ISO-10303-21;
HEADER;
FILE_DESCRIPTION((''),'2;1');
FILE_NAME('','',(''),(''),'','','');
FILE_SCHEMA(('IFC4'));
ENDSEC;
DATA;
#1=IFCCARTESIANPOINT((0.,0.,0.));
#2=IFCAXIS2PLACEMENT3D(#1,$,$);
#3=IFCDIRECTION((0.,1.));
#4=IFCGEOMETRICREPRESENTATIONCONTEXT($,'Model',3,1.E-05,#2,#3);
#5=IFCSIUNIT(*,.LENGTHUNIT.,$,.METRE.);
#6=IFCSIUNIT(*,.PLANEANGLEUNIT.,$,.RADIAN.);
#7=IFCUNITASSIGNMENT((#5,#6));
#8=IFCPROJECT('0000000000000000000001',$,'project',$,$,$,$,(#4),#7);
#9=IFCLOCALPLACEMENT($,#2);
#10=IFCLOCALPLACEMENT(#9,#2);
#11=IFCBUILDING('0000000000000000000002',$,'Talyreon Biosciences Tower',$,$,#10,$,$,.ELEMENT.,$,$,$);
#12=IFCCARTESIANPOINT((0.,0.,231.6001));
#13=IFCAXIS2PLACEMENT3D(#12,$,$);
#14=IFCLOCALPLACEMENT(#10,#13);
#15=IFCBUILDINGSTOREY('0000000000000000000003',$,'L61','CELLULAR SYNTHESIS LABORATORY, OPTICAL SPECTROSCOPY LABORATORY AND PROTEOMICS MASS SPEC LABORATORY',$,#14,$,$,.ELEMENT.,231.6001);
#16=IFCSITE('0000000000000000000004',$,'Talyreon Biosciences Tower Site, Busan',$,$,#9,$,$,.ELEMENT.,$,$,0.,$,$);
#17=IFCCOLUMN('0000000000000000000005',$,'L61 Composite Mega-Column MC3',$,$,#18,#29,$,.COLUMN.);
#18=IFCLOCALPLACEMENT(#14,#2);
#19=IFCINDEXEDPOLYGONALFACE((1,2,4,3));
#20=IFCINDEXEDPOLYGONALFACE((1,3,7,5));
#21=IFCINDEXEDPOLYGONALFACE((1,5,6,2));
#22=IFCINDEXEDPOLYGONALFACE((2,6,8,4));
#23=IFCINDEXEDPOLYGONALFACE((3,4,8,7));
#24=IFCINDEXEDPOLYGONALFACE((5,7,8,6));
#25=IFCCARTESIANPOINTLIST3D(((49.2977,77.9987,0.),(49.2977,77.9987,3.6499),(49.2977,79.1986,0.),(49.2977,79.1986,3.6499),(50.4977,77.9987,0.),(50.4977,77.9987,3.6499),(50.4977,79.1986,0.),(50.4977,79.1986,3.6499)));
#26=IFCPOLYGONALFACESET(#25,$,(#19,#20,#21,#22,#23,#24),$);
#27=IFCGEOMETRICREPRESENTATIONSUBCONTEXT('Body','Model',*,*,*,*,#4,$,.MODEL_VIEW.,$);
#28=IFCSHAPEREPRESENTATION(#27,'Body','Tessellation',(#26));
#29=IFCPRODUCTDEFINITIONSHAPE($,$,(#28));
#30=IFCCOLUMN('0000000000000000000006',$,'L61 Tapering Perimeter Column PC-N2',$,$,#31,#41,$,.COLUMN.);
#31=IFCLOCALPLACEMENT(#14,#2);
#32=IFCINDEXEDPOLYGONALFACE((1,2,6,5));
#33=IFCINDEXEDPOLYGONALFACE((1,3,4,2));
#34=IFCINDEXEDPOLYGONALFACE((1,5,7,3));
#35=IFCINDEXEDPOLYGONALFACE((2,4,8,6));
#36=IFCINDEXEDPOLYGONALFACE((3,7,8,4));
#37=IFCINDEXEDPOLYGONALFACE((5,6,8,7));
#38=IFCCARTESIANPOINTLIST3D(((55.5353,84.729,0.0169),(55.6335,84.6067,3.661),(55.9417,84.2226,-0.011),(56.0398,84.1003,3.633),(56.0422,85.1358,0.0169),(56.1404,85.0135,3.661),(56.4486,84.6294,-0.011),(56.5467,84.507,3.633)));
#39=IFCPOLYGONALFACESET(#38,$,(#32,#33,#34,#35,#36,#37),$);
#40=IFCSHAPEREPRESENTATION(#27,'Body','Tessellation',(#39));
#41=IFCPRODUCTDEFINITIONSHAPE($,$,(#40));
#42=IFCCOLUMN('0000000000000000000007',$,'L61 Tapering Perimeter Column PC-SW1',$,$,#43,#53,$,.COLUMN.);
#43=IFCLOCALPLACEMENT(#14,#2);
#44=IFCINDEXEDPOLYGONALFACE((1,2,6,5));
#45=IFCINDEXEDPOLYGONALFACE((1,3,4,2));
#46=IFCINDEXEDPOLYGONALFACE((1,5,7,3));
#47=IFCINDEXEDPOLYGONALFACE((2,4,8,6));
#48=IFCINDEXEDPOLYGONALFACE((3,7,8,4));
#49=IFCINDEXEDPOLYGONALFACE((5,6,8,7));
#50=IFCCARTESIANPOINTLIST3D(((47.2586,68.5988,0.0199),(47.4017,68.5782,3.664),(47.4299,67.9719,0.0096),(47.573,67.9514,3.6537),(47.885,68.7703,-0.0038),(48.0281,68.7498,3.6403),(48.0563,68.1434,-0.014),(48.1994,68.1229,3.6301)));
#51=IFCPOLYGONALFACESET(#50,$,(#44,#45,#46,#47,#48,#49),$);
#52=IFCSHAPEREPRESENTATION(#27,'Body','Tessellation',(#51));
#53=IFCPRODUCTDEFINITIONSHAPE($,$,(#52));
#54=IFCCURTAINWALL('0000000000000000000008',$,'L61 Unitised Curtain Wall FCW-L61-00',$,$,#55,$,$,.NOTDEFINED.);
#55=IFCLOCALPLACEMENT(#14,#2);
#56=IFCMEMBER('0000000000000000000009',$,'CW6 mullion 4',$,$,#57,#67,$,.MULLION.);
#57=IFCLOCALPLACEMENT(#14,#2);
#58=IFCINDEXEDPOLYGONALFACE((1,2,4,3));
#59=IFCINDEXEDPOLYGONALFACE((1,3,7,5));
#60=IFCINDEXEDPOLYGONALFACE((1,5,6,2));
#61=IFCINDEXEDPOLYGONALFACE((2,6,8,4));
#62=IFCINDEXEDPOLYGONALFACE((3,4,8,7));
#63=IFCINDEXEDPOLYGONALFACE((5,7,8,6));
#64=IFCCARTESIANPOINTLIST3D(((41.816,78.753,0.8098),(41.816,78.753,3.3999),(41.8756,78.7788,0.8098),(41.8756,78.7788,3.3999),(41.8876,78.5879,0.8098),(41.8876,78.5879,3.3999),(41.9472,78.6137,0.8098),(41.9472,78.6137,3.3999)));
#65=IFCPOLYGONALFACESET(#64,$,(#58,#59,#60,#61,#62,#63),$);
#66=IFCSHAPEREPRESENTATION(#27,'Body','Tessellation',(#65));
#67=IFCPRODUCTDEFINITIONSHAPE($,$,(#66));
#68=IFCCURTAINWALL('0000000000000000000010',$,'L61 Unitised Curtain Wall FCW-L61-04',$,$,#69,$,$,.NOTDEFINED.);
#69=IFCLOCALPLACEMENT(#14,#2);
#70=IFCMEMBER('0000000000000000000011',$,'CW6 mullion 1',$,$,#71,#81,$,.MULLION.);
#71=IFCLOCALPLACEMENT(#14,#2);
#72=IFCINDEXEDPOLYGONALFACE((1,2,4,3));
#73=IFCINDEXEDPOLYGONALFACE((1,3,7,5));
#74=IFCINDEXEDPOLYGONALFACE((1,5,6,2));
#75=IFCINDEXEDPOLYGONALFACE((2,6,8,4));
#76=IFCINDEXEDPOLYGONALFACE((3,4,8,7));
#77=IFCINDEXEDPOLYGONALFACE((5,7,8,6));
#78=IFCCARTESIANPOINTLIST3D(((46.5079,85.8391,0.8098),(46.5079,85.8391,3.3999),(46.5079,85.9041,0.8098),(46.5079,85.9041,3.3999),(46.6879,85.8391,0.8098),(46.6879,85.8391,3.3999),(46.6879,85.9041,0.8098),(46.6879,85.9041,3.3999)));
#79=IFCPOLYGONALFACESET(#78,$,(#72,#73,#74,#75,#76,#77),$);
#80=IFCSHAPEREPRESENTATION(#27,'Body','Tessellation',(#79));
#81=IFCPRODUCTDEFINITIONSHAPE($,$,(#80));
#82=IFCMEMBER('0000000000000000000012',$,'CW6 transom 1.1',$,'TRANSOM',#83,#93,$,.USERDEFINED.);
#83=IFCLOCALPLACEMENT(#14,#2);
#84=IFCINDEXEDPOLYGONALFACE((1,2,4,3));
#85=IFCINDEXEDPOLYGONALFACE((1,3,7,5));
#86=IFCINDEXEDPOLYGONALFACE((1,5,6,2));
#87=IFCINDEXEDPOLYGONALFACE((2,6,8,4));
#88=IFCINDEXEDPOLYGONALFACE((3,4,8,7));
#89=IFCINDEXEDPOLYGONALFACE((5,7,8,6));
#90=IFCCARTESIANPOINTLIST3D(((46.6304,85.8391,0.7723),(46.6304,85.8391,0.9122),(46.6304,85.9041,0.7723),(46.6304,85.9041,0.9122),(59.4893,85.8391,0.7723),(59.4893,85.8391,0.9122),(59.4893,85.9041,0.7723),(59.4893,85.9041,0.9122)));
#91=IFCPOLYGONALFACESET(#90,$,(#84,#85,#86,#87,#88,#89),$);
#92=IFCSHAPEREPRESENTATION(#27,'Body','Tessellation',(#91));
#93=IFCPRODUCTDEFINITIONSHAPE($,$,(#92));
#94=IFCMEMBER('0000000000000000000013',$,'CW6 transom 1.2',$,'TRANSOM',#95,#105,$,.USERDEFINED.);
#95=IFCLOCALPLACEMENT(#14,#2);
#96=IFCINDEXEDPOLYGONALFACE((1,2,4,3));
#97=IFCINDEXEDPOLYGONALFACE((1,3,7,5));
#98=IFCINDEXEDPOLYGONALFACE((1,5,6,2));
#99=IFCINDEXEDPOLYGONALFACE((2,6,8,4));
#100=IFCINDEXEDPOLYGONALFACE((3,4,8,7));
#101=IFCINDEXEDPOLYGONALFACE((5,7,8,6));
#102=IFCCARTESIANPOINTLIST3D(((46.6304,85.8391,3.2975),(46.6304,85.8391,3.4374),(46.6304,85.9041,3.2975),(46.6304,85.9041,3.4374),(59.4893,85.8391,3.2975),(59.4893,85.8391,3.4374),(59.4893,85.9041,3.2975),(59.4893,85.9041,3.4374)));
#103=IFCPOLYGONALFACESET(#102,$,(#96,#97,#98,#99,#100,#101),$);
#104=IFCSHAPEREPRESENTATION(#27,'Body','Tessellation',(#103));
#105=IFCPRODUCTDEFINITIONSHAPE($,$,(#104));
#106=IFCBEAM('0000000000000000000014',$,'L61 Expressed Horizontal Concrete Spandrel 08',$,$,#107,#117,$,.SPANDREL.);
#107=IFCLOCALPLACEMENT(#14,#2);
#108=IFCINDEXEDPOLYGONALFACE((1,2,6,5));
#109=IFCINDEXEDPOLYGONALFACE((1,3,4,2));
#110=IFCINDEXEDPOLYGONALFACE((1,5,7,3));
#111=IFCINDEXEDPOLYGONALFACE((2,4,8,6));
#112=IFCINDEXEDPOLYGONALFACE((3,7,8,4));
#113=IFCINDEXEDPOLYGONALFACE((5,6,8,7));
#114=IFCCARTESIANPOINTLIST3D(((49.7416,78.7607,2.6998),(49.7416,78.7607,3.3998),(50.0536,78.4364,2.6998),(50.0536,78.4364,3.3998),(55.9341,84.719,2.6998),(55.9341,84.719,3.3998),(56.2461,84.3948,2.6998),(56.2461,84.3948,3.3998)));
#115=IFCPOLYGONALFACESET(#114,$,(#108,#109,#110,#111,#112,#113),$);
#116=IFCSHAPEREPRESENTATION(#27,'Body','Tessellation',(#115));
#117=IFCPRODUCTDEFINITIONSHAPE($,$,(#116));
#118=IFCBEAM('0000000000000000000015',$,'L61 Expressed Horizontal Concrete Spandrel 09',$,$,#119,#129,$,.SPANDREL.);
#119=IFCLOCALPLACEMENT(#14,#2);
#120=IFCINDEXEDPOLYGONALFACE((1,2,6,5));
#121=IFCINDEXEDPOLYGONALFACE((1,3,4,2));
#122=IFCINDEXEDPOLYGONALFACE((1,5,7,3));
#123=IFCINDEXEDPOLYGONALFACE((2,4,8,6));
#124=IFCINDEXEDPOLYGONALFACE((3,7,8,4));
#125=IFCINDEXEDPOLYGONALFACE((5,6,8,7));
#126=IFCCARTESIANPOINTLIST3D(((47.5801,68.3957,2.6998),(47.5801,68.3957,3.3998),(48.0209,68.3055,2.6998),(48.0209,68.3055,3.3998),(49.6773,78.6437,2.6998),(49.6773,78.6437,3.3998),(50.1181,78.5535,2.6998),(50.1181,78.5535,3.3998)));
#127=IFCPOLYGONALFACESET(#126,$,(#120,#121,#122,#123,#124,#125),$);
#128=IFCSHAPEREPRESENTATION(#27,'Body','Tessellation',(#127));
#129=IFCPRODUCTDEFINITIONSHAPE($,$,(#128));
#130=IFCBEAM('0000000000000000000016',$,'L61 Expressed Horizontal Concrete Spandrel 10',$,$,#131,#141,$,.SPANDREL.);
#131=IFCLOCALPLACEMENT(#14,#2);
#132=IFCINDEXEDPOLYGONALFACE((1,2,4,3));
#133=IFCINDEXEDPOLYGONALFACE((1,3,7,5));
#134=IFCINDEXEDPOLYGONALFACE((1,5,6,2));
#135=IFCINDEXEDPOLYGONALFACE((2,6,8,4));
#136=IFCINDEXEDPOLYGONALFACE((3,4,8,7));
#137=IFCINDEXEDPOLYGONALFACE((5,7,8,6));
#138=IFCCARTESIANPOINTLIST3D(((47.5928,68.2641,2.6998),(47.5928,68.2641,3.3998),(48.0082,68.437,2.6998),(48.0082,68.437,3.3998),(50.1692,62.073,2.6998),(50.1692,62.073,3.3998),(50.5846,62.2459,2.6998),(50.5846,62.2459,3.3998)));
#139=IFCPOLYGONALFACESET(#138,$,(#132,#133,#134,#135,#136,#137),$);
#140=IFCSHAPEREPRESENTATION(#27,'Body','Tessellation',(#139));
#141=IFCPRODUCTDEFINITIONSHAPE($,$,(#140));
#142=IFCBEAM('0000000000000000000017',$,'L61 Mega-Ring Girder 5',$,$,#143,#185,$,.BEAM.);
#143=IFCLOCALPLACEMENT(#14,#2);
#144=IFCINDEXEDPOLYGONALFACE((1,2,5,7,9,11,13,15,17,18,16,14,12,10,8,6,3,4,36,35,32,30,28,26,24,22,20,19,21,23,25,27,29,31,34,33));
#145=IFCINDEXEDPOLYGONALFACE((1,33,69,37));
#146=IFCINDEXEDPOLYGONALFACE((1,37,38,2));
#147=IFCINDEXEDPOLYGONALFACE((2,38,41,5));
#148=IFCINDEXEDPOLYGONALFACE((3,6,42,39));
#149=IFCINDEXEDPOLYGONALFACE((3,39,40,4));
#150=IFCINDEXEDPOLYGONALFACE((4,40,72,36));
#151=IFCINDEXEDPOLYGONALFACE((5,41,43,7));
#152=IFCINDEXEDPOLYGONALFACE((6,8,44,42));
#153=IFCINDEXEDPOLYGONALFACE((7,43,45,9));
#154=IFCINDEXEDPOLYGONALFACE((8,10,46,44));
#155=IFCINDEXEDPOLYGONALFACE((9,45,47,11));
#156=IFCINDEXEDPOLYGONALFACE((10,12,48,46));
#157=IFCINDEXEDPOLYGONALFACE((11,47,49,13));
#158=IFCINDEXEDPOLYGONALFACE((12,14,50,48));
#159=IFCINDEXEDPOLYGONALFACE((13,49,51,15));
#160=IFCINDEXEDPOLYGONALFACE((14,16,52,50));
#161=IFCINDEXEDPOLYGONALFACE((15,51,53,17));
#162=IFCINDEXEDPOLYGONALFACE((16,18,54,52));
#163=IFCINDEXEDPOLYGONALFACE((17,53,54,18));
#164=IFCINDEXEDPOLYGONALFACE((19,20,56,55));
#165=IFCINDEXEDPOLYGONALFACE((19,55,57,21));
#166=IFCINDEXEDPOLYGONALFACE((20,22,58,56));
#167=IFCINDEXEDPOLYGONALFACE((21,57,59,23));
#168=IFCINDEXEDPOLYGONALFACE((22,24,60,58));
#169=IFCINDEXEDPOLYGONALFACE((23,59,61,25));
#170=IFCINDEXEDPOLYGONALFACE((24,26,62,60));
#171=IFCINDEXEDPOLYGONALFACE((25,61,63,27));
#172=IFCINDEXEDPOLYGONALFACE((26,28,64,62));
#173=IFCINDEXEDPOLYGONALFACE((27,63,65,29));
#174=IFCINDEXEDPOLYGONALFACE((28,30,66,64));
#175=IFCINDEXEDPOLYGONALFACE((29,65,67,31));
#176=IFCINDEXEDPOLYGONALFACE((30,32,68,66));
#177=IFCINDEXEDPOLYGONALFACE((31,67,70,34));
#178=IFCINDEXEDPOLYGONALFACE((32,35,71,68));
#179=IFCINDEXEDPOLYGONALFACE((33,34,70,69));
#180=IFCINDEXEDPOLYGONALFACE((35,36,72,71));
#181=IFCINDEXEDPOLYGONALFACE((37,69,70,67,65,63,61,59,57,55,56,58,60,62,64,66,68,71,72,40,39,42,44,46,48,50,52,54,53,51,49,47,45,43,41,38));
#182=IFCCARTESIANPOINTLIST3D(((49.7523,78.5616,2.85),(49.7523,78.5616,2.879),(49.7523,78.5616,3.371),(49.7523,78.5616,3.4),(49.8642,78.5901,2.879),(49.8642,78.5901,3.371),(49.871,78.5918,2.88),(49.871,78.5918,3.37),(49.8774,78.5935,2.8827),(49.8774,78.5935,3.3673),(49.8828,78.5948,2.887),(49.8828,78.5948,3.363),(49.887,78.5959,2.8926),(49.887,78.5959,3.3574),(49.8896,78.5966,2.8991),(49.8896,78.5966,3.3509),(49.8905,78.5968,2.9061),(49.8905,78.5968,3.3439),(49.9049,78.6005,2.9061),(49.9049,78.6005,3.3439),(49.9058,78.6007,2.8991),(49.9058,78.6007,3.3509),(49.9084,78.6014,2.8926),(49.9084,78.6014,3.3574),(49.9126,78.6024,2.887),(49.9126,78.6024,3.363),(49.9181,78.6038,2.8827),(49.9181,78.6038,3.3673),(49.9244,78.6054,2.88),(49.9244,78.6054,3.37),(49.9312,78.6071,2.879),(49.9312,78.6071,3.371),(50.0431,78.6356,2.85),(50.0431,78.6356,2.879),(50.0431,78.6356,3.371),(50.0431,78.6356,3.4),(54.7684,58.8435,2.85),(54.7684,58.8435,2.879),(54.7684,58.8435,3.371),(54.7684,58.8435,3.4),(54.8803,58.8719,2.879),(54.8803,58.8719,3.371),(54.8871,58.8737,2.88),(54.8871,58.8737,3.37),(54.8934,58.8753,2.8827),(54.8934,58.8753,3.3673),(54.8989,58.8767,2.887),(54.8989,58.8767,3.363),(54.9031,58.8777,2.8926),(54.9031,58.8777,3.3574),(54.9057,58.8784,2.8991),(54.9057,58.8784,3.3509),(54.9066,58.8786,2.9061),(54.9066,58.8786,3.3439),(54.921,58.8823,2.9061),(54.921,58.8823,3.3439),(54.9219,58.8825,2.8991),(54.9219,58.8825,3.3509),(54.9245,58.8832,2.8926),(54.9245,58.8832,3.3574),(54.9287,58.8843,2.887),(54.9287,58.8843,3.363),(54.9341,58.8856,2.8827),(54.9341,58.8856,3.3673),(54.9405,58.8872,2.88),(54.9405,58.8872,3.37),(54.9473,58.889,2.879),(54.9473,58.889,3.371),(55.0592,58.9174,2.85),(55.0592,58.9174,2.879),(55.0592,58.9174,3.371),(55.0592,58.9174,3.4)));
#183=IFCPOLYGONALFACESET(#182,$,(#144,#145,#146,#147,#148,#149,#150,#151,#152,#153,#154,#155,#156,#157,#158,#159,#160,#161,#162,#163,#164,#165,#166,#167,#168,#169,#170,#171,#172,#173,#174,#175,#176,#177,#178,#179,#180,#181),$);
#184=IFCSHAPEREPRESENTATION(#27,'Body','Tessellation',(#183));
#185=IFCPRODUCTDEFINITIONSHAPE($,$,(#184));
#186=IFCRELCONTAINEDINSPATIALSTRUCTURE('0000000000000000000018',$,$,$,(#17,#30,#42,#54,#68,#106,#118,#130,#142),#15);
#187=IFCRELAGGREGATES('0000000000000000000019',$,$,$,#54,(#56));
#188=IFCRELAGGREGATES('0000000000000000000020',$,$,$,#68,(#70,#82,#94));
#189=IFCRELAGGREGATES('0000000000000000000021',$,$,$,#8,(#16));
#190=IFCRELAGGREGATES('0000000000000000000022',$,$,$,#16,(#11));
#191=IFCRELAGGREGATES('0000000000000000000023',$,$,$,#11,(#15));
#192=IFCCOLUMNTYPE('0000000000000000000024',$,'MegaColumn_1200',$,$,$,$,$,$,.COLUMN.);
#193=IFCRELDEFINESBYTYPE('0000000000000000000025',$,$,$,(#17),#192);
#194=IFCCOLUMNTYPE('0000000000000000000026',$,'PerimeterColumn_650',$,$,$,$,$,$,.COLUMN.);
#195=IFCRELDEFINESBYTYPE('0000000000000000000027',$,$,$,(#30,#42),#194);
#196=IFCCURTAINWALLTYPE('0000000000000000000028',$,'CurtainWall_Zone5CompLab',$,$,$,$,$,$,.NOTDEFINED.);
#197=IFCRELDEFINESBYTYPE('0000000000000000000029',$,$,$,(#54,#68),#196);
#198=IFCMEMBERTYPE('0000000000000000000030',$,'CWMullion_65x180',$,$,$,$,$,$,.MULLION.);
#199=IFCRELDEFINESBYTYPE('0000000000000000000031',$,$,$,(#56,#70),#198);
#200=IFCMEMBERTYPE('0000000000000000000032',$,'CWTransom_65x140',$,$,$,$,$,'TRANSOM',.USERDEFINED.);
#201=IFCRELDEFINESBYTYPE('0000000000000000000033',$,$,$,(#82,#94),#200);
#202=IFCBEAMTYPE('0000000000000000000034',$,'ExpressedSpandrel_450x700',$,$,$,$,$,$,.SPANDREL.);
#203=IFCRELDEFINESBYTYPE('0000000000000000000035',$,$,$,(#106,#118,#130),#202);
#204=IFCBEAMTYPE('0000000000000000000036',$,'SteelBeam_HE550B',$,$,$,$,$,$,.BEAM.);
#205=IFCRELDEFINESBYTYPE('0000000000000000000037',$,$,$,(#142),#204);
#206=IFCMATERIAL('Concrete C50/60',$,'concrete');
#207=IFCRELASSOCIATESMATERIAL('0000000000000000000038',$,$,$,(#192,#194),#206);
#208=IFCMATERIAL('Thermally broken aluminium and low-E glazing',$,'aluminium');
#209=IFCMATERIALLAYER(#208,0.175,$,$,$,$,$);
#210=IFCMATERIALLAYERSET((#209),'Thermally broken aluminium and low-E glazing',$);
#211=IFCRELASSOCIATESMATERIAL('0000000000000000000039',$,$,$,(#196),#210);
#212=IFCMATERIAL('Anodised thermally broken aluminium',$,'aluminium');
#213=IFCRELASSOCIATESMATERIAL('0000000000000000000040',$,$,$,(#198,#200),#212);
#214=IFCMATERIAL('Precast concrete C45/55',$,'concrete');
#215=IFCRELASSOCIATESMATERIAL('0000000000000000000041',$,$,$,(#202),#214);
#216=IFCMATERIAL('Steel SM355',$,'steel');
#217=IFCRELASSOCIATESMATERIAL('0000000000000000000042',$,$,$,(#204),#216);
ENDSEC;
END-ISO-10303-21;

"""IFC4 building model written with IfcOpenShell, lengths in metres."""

from ifc_helpers import new_model, si_unit, direction, frame, origin, origin_2d, place, context, subcontext, project, spatial, rectangle, i_section, extrude, material, layer, layer_set, material_profile, profile_set, type_object, element, aggregate, save


model = new_model("IFC4")

# Units and contexts
model_context = context("Model", 3, precision=1e-05, world=origin(), true_north=direction((0.0, 1.0)))
body_context = subcontext(model_context, "Body", "Model", "MODEL_VIEW")
ifc_project = project(units=[si_unit("LENGTHUNIT", "METRE"), si_unit("PLANEANGLEUNIT", "RADIAN")], contexts=[model_context])

# Site, building, storey
site_placement = place(None, origin())
site = spatial("IfcSite", under=ifc_project, at=site_placement, Name="Talyreon Biosciences Tower Site, Busan", CompositionType="ELEMENT", RefElevation=0.0)
building_placement = place(site_placement, origin())
building = spatial("IfcBuilding", under=site, at=building_placement, Name="Talyreon Biosciences Tower", CompositionType="ELEMENT")
storey_placement = place(building_placement, frame((0.0, 0.0, 231.6001)))
storey = spatial("IfcBuildingStorey", under=building, at=storey_placement, Name="L61", Description="CELLULAR SYNTHESIS LABORATORY, OPTICAL SPECTROSCOPY LABORATORY AND PROTEOMICS MASS SPEC LABORATORY", CompositionType="ELEMENT", Elevation=231.6001)

# Columns
ifc_material_1 = material(Name="Concrete C50/60", Category="concrete")
ifc_material_profile_1 = material_profile(ifc_material_1, rectangle(XDim=1.2, YDim=1.2, at=origin_2d()), Name="RC 1200x1200")
ifc_profile_set_1 = profile_set([ifc_material_profile_1], Name="Concrete C50/60")
column_type_1 = type_object("IfcColumnType", Name="MegaColumn_1200", PredefinedType="COLUMN", material=ifc_profile_set_1)
column_1_placement = place(storey_placement, frame((49.8977, 78.5986, 0.0), z_axis=(0.0, 0.0, 1.0), x_axis=(1.0, 0.0, 0.0)))
element("IfcColumn", 1, at=column_1_placement, inside=storey, type_object=column_type_1, Name="L61 Composite Mega-Column MC3", PredefinedType="COLUMN", context=body_context, shape_type="SweptSolid", body=[
    extrude(rectangle(XDim=1.2, YDim=1.2, at=origin_2d()), origin(), (0.0, 0.0, 1.0), 3.6499),
])
ifc_material_profile_2 = material_profile(ifc_material_1, rectangle(XDim=0.6499, YDim=0.6499, at=origin_2d()), Name="RC 650x650")
ifc_profile_set_2 = profile_set([ifc_material_profile_2], Name="Concrete C50/60")
column_type_2 = type_object("IfcColumnType", Name="PerimeterColumn_650", PredefinedType="COLUMN", material=ifc_profile_set_2)
column_2_placement = place(storey_placement, frame((55.9919, 84.6792, 0.0029), z_axis=(0.026908, -0.033535, 0.999075), x_axis=(-0.779957, -0.625834, 0.0)))
element("IfcColumn", 2, at=column_2_placement, inside=storey, type_object=column_type_2, Name="L61 Tapering Perimeter Column PC-N2", PredefinedType="COLUMN", context=body_context, shape_type="SweptSolid", body=[
    extrude(rectangle(XDim=0.6499, YDim=0.6499, at=origin_2d()), origin(), (0.0, 0.0, 1.0), 3.6475),
])
column_3_placement = place(storey_placement, frame((47.6575, 68.3711, 0.0029), z_axis=(0.03923, -0.005623, 0.999214), x_axis=(0.963855, 0.263934, -0.036356)))
element("IfcColumn", 3, at=column_3_placement, inside=storey, type_object=column_type_2, Name="L61 Tapering Perimeter Column PC-SW1", PredefinedType="COLUMN", context=body_context, shape_type="SweptSolid", body=[
    extrude(rectangle(XDim=0.6499, YDim=0.6499, at=origin_2d()), origin(), (0.0, 0.0, 1.0), 3.647),
])

# Curtain wall, member
ifc_material_2 = material(Name="Thermally broken aluminium and low-E glazing", Category="aluminium")
ifc_layer_1 = layer(ifc_material_2, 0.175)
ifc_layer_set_1 = layer_set([ifc_layer_1], Name="Thermally broken aluminium and low-E glazing")
curtain_wall_type = type_object("IfcCurtainWallType", Name="CurtainWall_Zone5CompLab", PredefinedType="NOTDEFINED", material=ifc_layer_set_1)
curtain_wall_1_placement = place(storey_placement, origin())
curtain_wall_1 = element("IfcCurtainWall", 4, at=curtain_wall_1_placement, inside=storey, type_object=curtain_wall_type, Name="L61 Unitised Curtain Wall FCW-L61-00", PredefinedType="NOTDEFINED")
ifc_material_3 = material(Name="Anodised thermally broken aluminium", Category="aluminium")
ifc_material_profile_3 = material_profile(ifc_material_3, rectangle(XDim=0.0649, YDim=0.1799, at=origin_2d()), Name="ALUM MULLION 65x180")
ifc_profile_set_3 = profile_set([ifc_material_profile_3], Name="Anodised thermally broken aluminium")
member_type_1 = type_object("IfcMemberType", Name="CWMullion_65x180", PredefinedType="MULLION", material=ifc_profile_set_3)
member_1_placement = place(storey_placement, frame((41.8816, 78.6833, 0.8098), z_axis=(0.0, 0.0, 1.0), x_axis=(-0.917337, -0.398112, 0.0)))
member_1 = element("IfcMember", 5, at=member_1_placement, type_object=member_type_1, Name="CW6 mullion 4", PredefinedType="MULLION", context=body_context, shape_type="SweptSolid", body=[
    extrude(rectangle(XDim=0.0649, YDim=0.1799, at=origin_2d()), origin(), (0.0, 0.0, 1.0), 2.5901),
])

# Curtain wall, members
curtain_wall_2_placement = place(storey_placement, origin())
curtain_wall_2 = element("IfcCurtainWall", 6, at=curtain_wall_2_placement, inside=storey, type_object=curtain_wall_type, Name="L61 Unitised Curtain Wall FCW-L61-04", PredefinedType="NOTDEFINED")
member_2_placement = place(storey_placement, frame((46.5979, 85.8716, 0.8098), z_axis=(0.0, 0.0, 1.0), x_axis=(0.0, 1.0, 0.0)))
member_2 = element("IfcMember", 7, at=member_2_placement, type_object=member_type_1, Name="CW6 mullion 1", PredefinedType="MULLION", context=body_context, shape_type="SweptSolid", body=[
    extrude(rectangle(XDim=0.0649, YDim=0.1799, at=origin_2d()), origin(), (0.0, 0.0, 1.0), 2.5901),
])
ifc_material_profile_4 = material_profile(ifc_material_3, rectangle(XDim=0.0649, YDim=0.1399, at=origin_2d()), Name="ALUM TRANSOM 65x140")
ifc_profile_set_4 = profile_set([ifc_material_profile_4], Name="Anodised thermally broken aluminium")
member_type_2 = type_object("IfcMemberType", Name="CWTransom_65x140", ElementType="TRANSOM", PredefinedType="USERDEFINED", material=ifc_profile_set_4)
member_3_placement = place(storey_placement, frame((46.6304, 85.8716, 0.8423), z_axis=(1.0, 0.0, 0.0), x_axis=(0.0, 1.0, 0.0)))
member_3 = element("IfcMember", 8, at=member_3_placement, type_object=member_type_2, Name="CW6 transom 1.1", ObjectType="TRANSOM", PredefinedType="USERDEFINED", context=body_context, shape_type="SweptSolid", body=[
    extrude(rectangle(XDim=0.0649, YDim=0.1399, at=origin_2d()), origin(), (0.0, 0.0, 1.0), 12.8589),
])
member_4_placement = place(storey_placement, frame((46.6304, 85.8716, 3.3674), z_axis=(1.0, 0.0, 0.0), x_axis=(0.0, 1.0, 0.0)))
member_4 = element("IfcMember", 9, at=member_4_placement, type_object=member_type_2, Name="CW6 transom 1.2", ObjectType="TRANSOM", PredefinedType="USERDEFINED", context=body_context, shape_type="SweptSolid", body=[
    extrude(rectangle(XDim=0.0649, YDim=0.1399, at=origin_2d()), origin(), (0.0, 0.0, 1.0), 12.8589),
])

# Beams
ifc_material_4 = material(Name="Precast concrete C45/55", Category="concrete")
ifc_material_profile_5 = material_profile(ifc_material_4, rectangle(XDim=0.45, YDim=0.7, at=origin_2d()), Name="RCB 450x700")
ifc_profile_set_5 = profile_set([ifc_material_profile_5], Name="Precast concrete C45/55")
beam_type_1 = type_object("IfcBeamType", Name="ExpressedSpandrel_450x700", PredefinedType="SPANDREL", material=ifc_profile_set_5)
beam_1_placement = place(storey_placement, frame((56.0901, 84.5569, 3.0498), z_axis=(-0.720598, -0.693353, 0.0), x_axis=(0.693353, -0.720598, 0.0)))
element("IfcBeam", 10, at=beam_1_placement, inside=storey, type_object=beam_type_1, Name="L61 Expressed Horizontal Concrete Spandrel 08", PredefinedType="SPANDREL", context=body_context, shape_type="SweptSolid", body=[
    extrude(rectangle(XDim=0.45, YDim=0.7, at=origin_2d()), origin(), (0.0, 0.0, 1.0), 8.5935),
])
beam_2_placement = place(storey_placement, frame((49.8977, 78.5986, 3.0498), z_axis=(-0.200486, -0.979697, 0.0), x_axis=(0.979697, -0.200486, 0.0)))
element("IfcBeam", 11, at=beam_2_placement, inside=storey, type_object=beam_type_1, Name="L61 Expressed Horizontal Concrete Spandrel 09", PredefinedType="SPANDREL", context=body_context, shape_type="SweptSolid", body=[
    extrude(rectangle(XDim=0.45, YDim=0.7, at=origin_2d()), origin(), (0.0, 0.0, 1.0), 10.4604),
])
beam_3_placement = place(storey_placement, frame((47.8005, 68.3506, 3.0498), z_axis=(0.384204, -0.923248, 0.0), x_axis=(0.923248, 0.384204, 0.0)))
element("IfcBeam", 12, at=beam_3_placement, inside=storey, type_object=beam_type_1, Name="L61 Expressed Horizontal Concrete Spandrel 10", PredefinedType="SPANDREL", context=body_context, shape_type="SweptSolid", body=[
    extrude(rectangle(XDim=0.45, YDim=0.7, at=origin_2d()), origin(), (0.0, 0.0, 1.0), 6.7058),
])
ifc_material_5 = material(Name="Steel SM355", Category="steel")
ifc_material_profile_6 = material_profile(ifc_material_5, i_section(OverallWidth=0.3, OverallDepth=0.55, WebThickness=0.0149, FlangeThickness=0.0291, FilletRadius=0.0271, at=origin_2d()), Name="HE550B")
ifc_profile_set_6 = profile_set([ifc_material_profile_6], Name="Steel SM355")
beam_type_2 = type_object("IfcBeamType", Name="SteelBeam_HE550B", PredefinedType="BEAM", material=ifc_profile_set_6)
beam_4_placement = place(storey_placement, frame((49.8977, 78.5986, 3.125), z_axis=(0.246537, -0.969133, 0.0), x_axis=(0.969133, 0.246537, 0.0)))
element("IfcBeam", 13, at=beam_4_placement, inside=storey, type_object=beam_type_2, Name="L61 Mega-Ring Girder 5", PredefinedType="BEAM", context=body_context, shape_type="SweptSolid", body=[
    extrude(i_section(OverallWidth=0.3, OverallDepth=0.55, WebThickness=0.0149, FlangeThickness=0.0291, FilletRadius=0.0271, at=origin_2d()), origin(), (0.0, 0.0, 1.0), 20.3462),
])

aggregate(curtain_wall_1, [member_1])
aggregate(curtain_wall_2, [member_2, member_3, member_4])

save(model, "model.ifc")
